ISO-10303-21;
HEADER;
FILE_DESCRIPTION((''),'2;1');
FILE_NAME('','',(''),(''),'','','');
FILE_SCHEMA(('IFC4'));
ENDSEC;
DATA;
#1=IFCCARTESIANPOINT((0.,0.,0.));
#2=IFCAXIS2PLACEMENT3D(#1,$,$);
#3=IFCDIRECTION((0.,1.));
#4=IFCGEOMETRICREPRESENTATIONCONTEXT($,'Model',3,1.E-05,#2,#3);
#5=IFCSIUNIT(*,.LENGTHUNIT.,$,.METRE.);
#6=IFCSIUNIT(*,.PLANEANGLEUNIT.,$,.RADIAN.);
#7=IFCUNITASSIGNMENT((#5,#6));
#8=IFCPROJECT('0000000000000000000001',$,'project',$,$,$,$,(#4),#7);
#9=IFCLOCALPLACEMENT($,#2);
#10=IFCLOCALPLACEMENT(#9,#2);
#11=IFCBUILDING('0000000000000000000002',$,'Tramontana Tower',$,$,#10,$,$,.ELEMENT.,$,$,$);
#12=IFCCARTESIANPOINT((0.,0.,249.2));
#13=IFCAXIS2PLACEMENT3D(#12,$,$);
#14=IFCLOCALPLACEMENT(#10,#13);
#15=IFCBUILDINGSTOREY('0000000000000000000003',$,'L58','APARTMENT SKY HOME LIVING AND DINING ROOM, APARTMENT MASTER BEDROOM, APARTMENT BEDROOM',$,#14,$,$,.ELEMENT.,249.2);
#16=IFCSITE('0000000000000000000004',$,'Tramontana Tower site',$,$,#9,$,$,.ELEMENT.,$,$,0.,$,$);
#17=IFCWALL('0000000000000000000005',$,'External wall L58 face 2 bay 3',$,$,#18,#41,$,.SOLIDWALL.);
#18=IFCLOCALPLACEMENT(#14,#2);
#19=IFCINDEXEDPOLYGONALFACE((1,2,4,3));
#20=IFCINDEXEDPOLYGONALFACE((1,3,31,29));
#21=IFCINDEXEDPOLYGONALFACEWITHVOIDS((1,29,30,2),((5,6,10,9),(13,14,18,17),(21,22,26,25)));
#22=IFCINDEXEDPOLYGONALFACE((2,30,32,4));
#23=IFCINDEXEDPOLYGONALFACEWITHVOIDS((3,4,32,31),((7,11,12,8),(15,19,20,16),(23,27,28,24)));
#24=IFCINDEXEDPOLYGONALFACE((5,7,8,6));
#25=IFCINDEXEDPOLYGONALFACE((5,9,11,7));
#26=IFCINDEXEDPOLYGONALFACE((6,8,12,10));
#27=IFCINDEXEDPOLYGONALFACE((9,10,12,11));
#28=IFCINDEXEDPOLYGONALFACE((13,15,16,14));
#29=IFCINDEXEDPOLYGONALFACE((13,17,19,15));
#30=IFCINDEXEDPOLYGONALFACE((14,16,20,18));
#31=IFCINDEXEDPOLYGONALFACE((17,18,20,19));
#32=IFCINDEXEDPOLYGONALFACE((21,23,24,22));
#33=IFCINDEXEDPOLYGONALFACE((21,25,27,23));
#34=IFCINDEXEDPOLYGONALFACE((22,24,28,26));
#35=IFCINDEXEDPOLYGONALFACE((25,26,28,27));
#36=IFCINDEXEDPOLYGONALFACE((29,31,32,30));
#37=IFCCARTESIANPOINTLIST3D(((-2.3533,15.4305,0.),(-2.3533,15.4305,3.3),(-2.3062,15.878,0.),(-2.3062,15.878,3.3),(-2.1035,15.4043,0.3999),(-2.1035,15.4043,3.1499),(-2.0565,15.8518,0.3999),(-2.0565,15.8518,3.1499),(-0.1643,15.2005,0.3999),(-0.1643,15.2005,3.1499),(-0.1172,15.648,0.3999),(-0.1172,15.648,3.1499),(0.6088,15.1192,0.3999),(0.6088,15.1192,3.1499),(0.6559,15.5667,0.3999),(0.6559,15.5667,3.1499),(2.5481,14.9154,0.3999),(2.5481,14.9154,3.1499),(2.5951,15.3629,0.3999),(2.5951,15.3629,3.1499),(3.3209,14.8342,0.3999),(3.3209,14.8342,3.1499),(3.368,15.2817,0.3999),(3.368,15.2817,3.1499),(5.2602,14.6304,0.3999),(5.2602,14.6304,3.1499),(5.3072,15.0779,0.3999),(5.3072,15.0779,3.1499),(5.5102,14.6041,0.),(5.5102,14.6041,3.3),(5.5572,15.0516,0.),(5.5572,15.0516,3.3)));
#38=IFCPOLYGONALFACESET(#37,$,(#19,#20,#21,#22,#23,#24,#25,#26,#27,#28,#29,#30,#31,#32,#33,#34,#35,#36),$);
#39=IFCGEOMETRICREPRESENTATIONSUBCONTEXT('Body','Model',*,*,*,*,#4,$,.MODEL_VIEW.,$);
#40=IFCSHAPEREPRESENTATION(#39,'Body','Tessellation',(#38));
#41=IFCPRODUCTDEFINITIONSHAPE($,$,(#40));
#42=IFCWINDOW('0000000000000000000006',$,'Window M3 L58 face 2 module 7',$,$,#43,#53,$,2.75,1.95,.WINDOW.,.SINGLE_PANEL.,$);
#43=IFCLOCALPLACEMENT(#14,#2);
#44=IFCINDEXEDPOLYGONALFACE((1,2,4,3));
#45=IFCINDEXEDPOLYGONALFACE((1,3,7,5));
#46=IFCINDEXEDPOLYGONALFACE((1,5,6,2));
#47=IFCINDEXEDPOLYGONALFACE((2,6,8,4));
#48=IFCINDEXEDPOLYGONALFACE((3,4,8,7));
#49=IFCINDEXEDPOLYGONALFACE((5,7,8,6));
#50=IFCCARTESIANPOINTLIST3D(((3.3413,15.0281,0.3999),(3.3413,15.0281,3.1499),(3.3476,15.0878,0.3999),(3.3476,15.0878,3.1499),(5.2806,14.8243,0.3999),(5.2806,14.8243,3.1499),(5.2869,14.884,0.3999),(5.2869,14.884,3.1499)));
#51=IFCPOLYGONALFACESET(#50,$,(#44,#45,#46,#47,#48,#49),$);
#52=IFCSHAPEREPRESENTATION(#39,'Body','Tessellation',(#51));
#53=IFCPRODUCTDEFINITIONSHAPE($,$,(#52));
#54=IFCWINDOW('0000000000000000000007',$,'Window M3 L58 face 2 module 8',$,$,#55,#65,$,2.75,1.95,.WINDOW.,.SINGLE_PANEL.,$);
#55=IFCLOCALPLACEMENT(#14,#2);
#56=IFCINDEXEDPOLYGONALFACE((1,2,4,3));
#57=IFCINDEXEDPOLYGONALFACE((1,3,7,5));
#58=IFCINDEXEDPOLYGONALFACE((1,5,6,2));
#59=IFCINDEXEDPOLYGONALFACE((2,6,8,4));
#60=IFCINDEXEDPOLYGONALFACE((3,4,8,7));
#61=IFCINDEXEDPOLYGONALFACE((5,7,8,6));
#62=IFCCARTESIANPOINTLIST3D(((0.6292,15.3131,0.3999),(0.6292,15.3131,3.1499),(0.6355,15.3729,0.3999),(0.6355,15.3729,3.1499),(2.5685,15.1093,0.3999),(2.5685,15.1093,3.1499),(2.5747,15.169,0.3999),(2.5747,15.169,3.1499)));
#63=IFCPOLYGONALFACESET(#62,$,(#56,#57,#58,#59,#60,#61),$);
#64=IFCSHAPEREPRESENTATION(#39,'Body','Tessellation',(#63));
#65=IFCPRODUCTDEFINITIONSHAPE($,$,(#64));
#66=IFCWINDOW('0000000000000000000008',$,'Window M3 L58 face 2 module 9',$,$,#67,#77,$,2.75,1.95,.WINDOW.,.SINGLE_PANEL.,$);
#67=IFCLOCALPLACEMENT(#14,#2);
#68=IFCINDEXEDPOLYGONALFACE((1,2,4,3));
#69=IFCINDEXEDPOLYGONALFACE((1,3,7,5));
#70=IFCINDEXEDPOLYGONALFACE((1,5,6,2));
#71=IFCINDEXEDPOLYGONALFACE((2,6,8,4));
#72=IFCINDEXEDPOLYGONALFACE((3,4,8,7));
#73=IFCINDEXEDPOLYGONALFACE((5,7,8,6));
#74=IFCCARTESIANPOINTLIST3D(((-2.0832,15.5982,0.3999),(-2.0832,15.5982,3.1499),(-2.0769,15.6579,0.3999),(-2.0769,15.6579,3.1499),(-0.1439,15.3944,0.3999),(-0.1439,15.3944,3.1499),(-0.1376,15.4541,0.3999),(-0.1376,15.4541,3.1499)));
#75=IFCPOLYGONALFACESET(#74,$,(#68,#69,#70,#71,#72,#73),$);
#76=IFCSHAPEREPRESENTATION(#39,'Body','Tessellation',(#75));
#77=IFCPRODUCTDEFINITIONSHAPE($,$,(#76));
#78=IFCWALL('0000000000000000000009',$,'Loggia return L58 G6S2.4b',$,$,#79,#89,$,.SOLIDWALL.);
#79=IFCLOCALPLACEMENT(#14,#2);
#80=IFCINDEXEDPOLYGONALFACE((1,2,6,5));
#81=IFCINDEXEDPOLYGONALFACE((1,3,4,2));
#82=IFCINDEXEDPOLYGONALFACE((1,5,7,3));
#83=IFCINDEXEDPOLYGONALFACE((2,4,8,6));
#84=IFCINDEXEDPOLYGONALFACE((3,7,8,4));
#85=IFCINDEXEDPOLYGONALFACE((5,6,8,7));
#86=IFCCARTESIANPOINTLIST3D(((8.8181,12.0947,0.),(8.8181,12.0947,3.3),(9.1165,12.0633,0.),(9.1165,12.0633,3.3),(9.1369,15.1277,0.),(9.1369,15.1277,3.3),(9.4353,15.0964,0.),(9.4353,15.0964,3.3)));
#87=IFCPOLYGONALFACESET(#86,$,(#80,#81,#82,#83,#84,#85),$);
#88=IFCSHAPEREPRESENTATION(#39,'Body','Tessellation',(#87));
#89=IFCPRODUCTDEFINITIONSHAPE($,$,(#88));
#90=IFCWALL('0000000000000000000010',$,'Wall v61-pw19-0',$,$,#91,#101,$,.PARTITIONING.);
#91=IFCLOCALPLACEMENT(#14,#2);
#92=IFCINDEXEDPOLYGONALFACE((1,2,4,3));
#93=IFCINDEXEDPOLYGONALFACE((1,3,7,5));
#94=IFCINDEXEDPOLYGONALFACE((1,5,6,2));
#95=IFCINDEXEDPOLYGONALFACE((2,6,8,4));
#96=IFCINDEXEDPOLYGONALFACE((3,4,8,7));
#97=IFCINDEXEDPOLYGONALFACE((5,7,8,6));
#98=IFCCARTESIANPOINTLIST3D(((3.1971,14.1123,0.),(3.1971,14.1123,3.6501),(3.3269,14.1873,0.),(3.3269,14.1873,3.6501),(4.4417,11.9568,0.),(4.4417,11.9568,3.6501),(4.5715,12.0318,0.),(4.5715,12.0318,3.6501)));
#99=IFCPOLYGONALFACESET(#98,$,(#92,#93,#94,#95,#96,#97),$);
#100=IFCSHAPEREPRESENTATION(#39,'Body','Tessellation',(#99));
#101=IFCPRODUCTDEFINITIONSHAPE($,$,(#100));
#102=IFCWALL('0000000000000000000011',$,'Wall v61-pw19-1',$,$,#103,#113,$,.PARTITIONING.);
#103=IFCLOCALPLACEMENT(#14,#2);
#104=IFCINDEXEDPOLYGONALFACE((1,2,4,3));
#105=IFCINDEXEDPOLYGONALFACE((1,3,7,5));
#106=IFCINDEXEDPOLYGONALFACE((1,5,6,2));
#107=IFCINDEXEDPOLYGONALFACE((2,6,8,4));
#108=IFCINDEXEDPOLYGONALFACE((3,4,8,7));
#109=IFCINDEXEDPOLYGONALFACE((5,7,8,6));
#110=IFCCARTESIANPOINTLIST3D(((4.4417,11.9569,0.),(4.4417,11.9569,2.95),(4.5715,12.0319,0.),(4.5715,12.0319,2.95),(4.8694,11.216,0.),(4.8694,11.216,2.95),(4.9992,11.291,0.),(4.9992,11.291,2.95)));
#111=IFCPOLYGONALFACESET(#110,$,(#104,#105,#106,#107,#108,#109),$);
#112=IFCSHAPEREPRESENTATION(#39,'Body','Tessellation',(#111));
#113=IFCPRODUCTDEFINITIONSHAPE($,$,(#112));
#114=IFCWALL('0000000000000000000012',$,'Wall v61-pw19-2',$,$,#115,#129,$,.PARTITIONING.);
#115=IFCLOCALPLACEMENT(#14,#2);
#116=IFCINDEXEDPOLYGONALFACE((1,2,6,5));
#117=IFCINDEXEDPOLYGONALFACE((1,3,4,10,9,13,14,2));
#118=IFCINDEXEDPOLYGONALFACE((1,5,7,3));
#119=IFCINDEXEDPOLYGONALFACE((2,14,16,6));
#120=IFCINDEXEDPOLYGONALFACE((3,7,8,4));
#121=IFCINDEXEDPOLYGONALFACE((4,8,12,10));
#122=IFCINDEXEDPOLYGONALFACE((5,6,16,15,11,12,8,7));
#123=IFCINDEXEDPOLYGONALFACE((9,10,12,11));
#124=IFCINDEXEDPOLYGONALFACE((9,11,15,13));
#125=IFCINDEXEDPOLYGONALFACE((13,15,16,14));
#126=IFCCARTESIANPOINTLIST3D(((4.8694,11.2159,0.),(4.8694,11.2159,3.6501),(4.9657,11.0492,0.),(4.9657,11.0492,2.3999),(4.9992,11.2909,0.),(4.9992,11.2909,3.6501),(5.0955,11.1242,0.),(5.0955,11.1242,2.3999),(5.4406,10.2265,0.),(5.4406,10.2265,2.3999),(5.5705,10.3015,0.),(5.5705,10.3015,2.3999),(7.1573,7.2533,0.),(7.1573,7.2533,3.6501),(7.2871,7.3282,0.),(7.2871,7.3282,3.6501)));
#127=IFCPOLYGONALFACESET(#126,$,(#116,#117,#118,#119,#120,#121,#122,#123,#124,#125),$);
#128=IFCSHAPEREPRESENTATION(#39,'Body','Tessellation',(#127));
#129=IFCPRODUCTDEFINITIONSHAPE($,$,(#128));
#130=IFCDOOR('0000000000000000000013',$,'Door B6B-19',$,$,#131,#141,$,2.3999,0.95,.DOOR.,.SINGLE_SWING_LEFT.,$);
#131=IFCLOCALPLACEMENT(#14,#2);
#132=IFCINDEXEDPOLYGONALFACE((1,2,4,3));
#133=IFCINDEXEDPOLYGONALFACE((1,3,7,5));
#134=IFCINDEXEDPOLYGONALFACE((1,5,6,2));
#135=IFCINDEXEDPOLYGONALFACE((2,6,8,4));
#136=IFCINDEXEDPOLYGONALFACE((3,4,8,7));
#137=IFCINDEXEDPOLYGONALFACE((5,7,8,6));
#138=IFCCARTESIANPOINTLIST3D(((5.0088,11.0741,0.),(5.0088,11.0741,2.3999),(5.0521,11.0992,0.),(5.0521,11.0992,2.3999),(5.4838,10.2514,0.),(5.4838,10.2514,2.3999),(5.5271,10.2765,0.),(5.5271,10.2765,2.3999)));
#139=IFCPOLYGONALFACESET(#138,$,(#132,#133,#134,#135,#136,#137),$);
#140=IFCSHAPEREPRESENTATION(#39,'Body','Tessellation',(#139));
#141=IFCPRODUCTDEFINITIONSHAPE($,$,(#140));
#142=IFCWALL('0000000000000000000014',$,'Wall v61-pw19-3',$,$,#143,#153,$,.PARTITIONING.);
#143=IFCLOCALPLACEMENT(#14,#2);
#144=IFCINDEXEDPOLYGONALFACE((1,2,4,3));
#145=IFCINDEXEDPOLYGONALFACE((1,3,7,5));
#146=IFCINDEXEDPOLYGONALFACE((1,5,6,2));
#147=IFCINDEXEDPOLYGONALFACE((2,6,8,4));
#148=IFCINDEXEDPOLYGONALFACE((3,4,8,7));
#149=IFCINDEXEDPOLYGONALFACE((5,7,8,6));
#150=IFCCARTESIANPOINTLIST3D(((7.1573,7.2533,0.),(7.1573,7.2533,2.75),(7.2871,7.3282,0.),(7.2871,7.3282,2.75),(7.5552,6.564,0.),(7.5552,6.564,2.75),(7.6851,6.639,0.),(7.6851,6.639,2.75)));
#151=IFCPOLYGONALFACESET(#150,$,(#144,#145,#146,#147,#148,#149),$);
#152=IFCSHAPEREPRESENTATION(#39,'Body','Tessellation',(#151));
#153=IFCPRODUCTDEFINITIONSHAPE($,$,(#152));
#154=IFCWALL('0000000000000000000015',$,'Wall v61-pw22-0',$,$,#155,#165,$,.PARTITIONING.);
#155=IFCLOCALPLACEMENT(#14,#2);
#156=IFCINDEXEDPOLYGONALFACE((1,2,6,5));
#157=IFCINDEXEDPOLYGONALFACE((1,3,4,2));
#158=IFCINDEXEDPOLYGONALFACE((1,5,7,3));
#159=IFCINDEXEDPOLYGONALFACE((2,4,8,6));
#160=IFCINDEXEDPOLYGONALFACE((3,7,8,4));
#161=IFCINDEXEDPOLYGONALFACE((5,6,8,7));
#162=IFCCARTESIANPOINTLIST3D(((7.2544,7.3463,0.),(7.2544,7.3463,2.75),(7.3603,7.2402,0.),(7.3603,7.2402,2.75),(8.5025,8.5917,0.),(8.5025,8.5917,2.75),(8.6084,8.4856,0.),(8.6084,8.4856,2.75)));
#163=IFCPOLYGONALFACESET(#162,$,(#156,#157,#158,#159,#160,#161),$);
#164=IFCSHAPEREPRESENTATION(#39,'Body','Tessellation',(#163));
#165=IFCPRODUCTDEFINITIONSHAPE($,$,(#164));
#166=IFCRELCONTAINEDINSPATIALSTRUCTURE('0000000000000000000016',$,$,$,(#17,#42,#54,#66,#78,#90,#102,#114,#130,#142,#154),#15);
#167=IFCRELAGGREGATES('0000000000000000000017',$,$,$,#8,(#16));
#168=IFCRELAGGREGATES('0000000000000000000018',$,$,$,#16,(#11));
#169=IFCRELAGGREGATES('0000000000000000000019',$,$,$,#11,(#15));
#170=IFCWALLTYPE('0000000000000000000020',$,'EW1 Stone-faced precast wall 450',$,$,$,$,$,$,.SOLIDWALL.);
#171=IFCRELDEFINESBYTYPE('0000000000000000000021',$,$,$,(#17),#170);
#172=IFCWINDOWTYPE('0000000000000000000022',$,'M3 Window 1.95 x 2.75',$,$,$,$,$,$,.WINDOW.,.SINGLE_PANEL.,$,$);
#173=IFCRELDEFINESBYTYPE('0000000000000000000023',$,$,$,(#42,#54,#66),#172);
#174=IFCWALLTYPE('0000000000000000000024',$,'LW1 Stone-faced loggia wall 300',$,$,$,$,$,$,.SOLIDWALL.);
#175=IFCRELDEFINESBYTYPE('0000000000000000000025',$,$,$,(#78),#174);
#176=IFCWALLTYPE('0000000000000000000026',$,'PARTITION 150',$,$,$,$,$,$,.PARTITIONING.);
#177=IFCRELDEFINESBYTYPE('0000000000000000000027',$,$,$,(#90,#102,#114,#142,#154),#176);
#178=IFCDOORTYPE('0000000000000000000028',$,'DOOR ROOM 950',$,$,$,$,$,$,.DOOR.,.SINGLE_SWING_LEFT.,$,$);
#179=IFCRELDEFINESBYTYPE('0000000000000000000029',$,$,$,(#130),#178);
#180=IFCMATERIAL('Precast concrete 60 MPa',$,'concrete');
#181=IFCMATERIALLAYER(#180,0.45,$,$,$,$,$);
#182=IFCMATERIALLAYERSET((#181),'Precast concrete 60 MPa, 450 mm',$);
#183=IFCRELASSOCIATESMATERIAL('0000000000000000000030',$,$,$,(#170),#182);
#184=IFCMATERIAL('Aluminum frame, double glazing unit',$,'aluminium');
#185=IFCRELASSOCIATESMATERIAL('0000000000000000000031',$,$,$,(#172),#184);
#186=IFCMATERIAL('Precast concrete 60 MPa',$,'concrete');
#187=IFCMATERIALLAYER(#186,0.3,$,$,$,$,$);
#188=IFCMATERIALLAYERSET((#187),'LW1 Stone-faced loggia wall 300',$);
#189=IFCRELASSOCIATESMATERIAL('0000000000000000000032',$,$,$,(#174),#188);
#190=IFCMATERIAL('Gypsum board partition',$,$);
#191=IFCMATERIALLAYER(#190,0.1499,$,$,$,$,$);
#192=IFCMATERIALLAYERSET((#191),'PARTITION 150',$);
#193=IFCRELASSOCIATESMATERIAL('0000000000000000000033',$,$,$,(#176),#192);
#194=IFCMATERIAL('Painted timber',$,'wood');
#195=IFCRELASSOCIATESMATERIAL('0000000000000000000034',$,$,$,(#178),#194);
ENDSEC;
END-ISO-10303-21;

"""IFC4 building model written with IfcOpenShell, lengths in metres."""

from ifc_helpers import new_model, si_unit, direction, frame, frame_2d, origin, place, context, subcontext, project, spatial, rectangle, extrude, material, layer, layer_set, type_object, element, fill, save


model = new_model("IFC4")

# Units and contexts
model_context = context("Model", 3, precision=1e-05, world=origin(), true_north=direction((0.0, 1.0)))
body_context = subcontext(model_context, "Body", "Model", "MODEL_VIEW")
ifc_project = project(units=[si_unit("LENGTHUNIT", "METRE"), si_unit("PLANEANGLEUNIT", "RADIAN")], contexts=[model_context])

# Site, building, storey
site_placement = place(None, origin())
site = spatial("IfcSite", under=ifc_project, at=site_placement, Name="Tramontana Tower site", CompositionType="ELEMENT", RefElevation=0.0)
building_placement = place(site_placement, origin())
building = spatial("IfcBuilding", under=site, at=building_placement, Name="Tramontana Tower", CompositionType="ELEMENT")
storey_placement = place(building_placement, frame((0.0, 0.0, 249.2)))
storey = spatial("IfcBuildingStorey", under=building, at=storey_placement, Name="L58", Description="APARTMENT SKY HOME LIVING AND DINING ROOM, APARTMENT MASTER BEDROOM, APARTMENT BEDROOM", CompositionType="ELEMENT", Elevation=249.2)

# Shared definitions
ifc_material_1 = material(Name="Precast concrete 60 MPa", Category="concrete")
ifc_layer_1 = layer(ifc_material_1, 0.45)
ifc_layer_set_1 = layer_set([ifc_layer_1], Name="Precast concrete 60 MPa, 450 mm")
wall_type_1 = type_object("IfcWallType", Name="EW1 Stone-faced precast wall 450", PredefinedType="SOLIDWALL", material=ifc_layer_set_1)
ifc_material_2 = material(Name="Aluminum frame, double glazing unit", Category="aluminium")
window_type = type_object("IfcWindowType", Name="M3 Window 1.95 x 2.75", PartitioningType="SINGLE_PANEL", PredefinedType="WINDOW", material=ifc_material_2)

# Wall, openings, windows
wall_1_placement = place(storey_placement, frame((5.5337, 14.8279, 0.0), z_axis=(0.0, 0.0, 1.0), x_axis=(-0.994523, 0.104519, 0.0)))
wall_1 = element("IfcWall", 1, at=wall_1_placement, inside=storey, type_object=wall_type_1, Name="External wall L58 face 2 bay 3", PredefinedType="SOLIDWALL", context=body_context, shape_type="SweptSolid", body=[
    extrude(rectangle(XDim=7.9067, YDim=0.45, at=frame_2d((3.9534, 0.0))), origin(), (0.0, 0.0, 1.0), 3.3),
])
opening_1_placement = place(wall_1_placement, frame((0.2512, 0.0, 0.3999)))
opening_1 = element("IfcOpeningElement", 2, at=opening_1_placement, cuts=wall_1, PredefinedType="OPENING", context=body_context, shape_type="SweptSolid", body=[
    extrude(rectangle(XDim=1.95, YDim=2.75, at=frame_2d((0.9751, 1.375))), frame((0.0, 0.2349, 0.0), z_axis=(0.0, -1.0, 0.0), x_axis=(1.0, 0.0, 0.0)), (0.0, 0.0, 1.0), 0.47),
])
opening_2_placement = place(wall_1_placement, frame((2.9783, 0.0, 0.3999)))
opening_2 = element("IfcOpeningElement", 3, at=opening_2_placement, cuts=wall_1, PredefinedType="OPENING", context=body_context, shape_type="SweptSolid", body=[
    extrude(rectangle(XDim=1.95, YDim=2.75, at=frame_2d((0.9751, 1.375))), frame((0.0, 0.2349, 0.0), z_axis=(0.0, -1.0, 0.0), x_axis=(1.0, 0.0, 0.0)), (0.0, 0.0, 1.0), 0.47),
])
opening_3_placement = place(wall_1_placement, frame((5.7056, 0.0, 0.3999)))
opening_3 = element("IfcOpeningElement", 4, at=opening_3_placement, cuts=wall_1, PredefinedType="OPENING", context=body_context, shape_type="SweptSolid", body=[
    extrude(rectangle(XDim=1.95, YDim=2.75, at=frame_2d((0.9751, 1.375))), frame((0.0, 0.2349, 0.0), z_axis=(0.0, -1.0, 0.0), x_axis=(1.0, 0.0, 0.0)), (0.0, 0.0, 1.0), 0.47),
])
window_1_placement = place(opening_1_placement, origin())
window_1 = element("IfcWindow", 5, at=window_1_placement, inside=storey, type_object=window_type, Name="Window M3 L58 face 2 module 7", OverallHeight=2.75, OverallWidth=1.95, PartitioningType="SINGLE_PANEL", PredefinedType="WINDOW", context=body_context, shape_type="SweptSolid", body=[
    extrude(rectangle(XDim=1.95, YDim=2.75, at=frame_2d((0.9751, 1.375))), frame((0.0, 0.03, 0.0), z_axis=(0.0, -1.0, 0.0), x_axis=(1.0, 0.0, 0.0)), (0.0, 0.0, 1.0), 0.0601),
])
fill(opening_1, window_1)
window_2_placement = place(opening_2_placement, origin())
window_2 = element("IfcWindow", 6, at=window_2_placement, inside=storey, type_object=window_type, Name="Window M3 L58 face 2 module 8", OverallHeight=2.75, OverallWidth=1.95, PartitioningType="SINGLE_PANEL", PredefinedType="WINDOW", context=body_context, shape_type="SweptSolid", body=[
    extrude(rectangle(XDim=1.95, YDim=2.75, at=frame_2d((0.9751, 1.375))), frame((0.0, 0.03, 0.0), z_axis=(0.0, -1.0, 0.0), x_axis=(1.0, 0.0, 0.0)), (0.0, 0.0, 1.0), 0.0601),
])
fill(opening_2, window_2)
window_3_placement = place(opening_3_placement, origin())
window_3 = element("IfcWindow", 7, at=window_3_placement, inside=storey, type_object=window_type, Name="Window M3 L58 face 2 module 9", OverallHeight=2.75, OverallWidth=1.95, PartitioningType="SINGLE_PANEL", PredefinedType="WINDOW", context=body_context, shape_type="SweptSolid", body=[
    extrude(rectangle(XDim=1.95, YDim=2.75, at=frame_2d((0.9751, 1.375))), frame((0.0, 0.03, 0.0), z_axis=(0.0, -1.0, 0.0), x_axis=(1.0, 0.0, 0.0)), (0.0, 0.0, 1.0), 0.0601),
])
fill(opening_3, window_3)

# Walls
ifc_material_3 = material(Name="Precast concrete 60 MPa", Category="concrete")
ifc_layer_2 = layer(ifc_material_3, 0.3)
ifc_layer_set_2 = layer_set([ifc_layer_2], Name="LW1 Stone-faced loggia wall 300")
wall_type_2 = type_object("IfcWallType", Name="LW1 Stone-faced loggia wall 300", PredefinedType="SOLIDWALL", material=ifc_layer_set_2)
wall_2_placement = place(storey_placement, frame((9.2861, 15.1121, 0.0), z_axis=(0.0, 0.0, 1.0), x_axis=(-0.104543, -0.99452, 0.0)))
element("IfcWall", 8, at=wall_2_placement, inside=storey, type_object=wall_type_2, Name="Loggia return L58 G6S2.4b", PredefinedType="SOLIDWALL", context=body_context, shape_type="SweptSolid", body=[
    extrude(rectangle(XDim=3.0498, YDim=0.3, at=frame_2d((1.5249, 0.0))), origin(), (0.0, 0.0, 1.0), 3.3),
])
ifc_material_4 = material(Name="Gypsum board partition")
ifc_layer_3 = layer(ifc_material_4, 0.1499)
ifc_layer_set_3 = layer_set([ifc_layer_3], Name="PARTITION 150")
wall_type_3 = type_object("IfcWallType", Name="PARTITION 150", PredefinedType="PARTITIONING", material=ifc_layer_set_3)
wall_3_placement = place(storey_placement, frame((3.262, 14.1499, 0.0), z_axis=(0.0, 0.0, 1.0), x_axis=(0.500042, -0.866001, 0.0)))
element("IfcWall", 9, at=wall_3_placement, inside=storey, type_object=wall_type_3, Name="Wall v61-pw19-0", PredefinedType="PARTITIONING", context=body_context, shape_type="SweptSolid", body=[
    extrude(rectangle(XDim=2.489, YDim=0.1499, at=frame_2d((1.2446, 0.0))), origin(), (0.0, 0.0, 1.0), 3.6501),
])
wall_4_placement = place(storey_placement, frame((4.5066, 11.9944, 0.0), z_axis=(0.0, 0.0, 1.0), x_axis=(0.499945, -0.866057, 0.0)))
element("IfcWall", 10, at=wall_4_placement, inside=storey, type_object=wall_type_3, Name="Wall v61-pw19-1", PredefinedType="PARTITIONING", context=body_context, shape_type="SweptSolid", body=[
    extrude(rectangle(XDim=0.8555, YDim=0.1499, at=frame_2d((0.4277, 0.0))), origin(), (0.0, 0.0, 1.0), 2.95),
])

# Wall, opening, door
wall_5_placement = place(storey_placement, frame((4.9343, 11.2534, 0.0), z_axis=(0.0, 0.0, 1.0), x_axis=(0.500001, -0.866025, 0.0)))
wall_5 = element("IfcWall", 11, at=wall_5_placement, inside=storey, type_object=wall_type_3, Name="Wall v61-pw19-2", PredefinedType="PARTITIONING", context=body_context, shape_type="SweptSolid", body=[
    extrude(rectangle(XDim=4.5757, YDim=0.1499, at=frame_2d((2.2878, 0.0))), origin(), (0.0, 0.0, 1.0), 3.6501),
])
opening_4_placement = place(wall_5_placement, frame((0.1924, 0.0, 0.0)))
opening_4 = element("IfcOpeningElement", 12, at=opening_4_placement, cuts=wall_5, PredefinedType="OPENING", context=body_context, shape_type="SweptSolid", body=[
    extrude(rectangle(XDim=0.95, YDim=2.3999, at=frame_2d((0.4751, 1.2))), frame((0.0, 0.085, 0.0), z_axis=(0.0, -1.0, 0.0), x_axis=(1.0, 0.0, 0.0)), (0.0, 0.0, 1.0), 0.1699),
])
ifc_material_5 = material(Name="Painted timber", Category="wood")
door_type = type_object("IfcDoorType", Name="DOOR ROOM 950", OperationType="SINGLE_SWING_LEFT", PredefinedType="DOOR", material=ifc_material_5)
door_1_placement = place(opening_4_placement, origin())
door_1 = element("IfcDoor", 13, at=door_1_placement, inside=storey, type_object=door_type, Name="Door B6B-19", OperationType="SINGLE_SWING_LEFT", OverallHeight=2.3999, OverallWidth=0.95, PredefinedType="DOOR", context=body_context, shape_type="SweptSolid", body=[
    extrude(rectangle(XDim=0.95, YDim=2.3999, at=frame_2d((0.4751, 1.2))), frame((0.0, 0.0249, 0.0), z_axis=(0.0, -1.0, 0.0), x_axis=(1.0, 0.0, 0.0)), (0.0, 0.0, 1.0), 0.05),
])
fill(opening_4, door_1)

# Walls
wall_6_placement = place(storey_placement, frame((7.2222, 7.2908, 0.0), z_axis=(0.0, 0.0, 1.0), x_axis=(0.500032, -0.866007, 0.0)))
element("IfcWall", 14, at=wall_6_placement, inside=storey, type_object=wall_type_3, Name="Wall v61-pw19-3", PredefinedType="PARTITIONING", context=body_context, shape_type="SweptSolid", body=[
    extrude(rectangle(XDim=0.7959, YDim=0.1499, at=frame_2d((0.3979, 0.0))), origin(), (0.0, 0.0, 1.0), 2.75),
])
wall_7_placement = place(storey_placement, frame((7.3074, 7.2932, 0.0), z_axis=(0.0, 0.0, 1.0), x_axis=(0.707868, 0.706345, 0.0)))
element("IfcWall", 15, at=wall_7_placement, inside=storey, type_object=wall_type_3, Name="Wall v61-pw22-0", PredefinedType="PARTITIONING", context=body_context, shape_type="SweptSolid", body=[
    extrude(rectangle(XDim=1.7632, YDim=0.1499, at=frame_2d((0.8816, 0.0))), origin(), (0.0, 0.0, 1.0), 2.75),
])

save(model, "model.ifc")
